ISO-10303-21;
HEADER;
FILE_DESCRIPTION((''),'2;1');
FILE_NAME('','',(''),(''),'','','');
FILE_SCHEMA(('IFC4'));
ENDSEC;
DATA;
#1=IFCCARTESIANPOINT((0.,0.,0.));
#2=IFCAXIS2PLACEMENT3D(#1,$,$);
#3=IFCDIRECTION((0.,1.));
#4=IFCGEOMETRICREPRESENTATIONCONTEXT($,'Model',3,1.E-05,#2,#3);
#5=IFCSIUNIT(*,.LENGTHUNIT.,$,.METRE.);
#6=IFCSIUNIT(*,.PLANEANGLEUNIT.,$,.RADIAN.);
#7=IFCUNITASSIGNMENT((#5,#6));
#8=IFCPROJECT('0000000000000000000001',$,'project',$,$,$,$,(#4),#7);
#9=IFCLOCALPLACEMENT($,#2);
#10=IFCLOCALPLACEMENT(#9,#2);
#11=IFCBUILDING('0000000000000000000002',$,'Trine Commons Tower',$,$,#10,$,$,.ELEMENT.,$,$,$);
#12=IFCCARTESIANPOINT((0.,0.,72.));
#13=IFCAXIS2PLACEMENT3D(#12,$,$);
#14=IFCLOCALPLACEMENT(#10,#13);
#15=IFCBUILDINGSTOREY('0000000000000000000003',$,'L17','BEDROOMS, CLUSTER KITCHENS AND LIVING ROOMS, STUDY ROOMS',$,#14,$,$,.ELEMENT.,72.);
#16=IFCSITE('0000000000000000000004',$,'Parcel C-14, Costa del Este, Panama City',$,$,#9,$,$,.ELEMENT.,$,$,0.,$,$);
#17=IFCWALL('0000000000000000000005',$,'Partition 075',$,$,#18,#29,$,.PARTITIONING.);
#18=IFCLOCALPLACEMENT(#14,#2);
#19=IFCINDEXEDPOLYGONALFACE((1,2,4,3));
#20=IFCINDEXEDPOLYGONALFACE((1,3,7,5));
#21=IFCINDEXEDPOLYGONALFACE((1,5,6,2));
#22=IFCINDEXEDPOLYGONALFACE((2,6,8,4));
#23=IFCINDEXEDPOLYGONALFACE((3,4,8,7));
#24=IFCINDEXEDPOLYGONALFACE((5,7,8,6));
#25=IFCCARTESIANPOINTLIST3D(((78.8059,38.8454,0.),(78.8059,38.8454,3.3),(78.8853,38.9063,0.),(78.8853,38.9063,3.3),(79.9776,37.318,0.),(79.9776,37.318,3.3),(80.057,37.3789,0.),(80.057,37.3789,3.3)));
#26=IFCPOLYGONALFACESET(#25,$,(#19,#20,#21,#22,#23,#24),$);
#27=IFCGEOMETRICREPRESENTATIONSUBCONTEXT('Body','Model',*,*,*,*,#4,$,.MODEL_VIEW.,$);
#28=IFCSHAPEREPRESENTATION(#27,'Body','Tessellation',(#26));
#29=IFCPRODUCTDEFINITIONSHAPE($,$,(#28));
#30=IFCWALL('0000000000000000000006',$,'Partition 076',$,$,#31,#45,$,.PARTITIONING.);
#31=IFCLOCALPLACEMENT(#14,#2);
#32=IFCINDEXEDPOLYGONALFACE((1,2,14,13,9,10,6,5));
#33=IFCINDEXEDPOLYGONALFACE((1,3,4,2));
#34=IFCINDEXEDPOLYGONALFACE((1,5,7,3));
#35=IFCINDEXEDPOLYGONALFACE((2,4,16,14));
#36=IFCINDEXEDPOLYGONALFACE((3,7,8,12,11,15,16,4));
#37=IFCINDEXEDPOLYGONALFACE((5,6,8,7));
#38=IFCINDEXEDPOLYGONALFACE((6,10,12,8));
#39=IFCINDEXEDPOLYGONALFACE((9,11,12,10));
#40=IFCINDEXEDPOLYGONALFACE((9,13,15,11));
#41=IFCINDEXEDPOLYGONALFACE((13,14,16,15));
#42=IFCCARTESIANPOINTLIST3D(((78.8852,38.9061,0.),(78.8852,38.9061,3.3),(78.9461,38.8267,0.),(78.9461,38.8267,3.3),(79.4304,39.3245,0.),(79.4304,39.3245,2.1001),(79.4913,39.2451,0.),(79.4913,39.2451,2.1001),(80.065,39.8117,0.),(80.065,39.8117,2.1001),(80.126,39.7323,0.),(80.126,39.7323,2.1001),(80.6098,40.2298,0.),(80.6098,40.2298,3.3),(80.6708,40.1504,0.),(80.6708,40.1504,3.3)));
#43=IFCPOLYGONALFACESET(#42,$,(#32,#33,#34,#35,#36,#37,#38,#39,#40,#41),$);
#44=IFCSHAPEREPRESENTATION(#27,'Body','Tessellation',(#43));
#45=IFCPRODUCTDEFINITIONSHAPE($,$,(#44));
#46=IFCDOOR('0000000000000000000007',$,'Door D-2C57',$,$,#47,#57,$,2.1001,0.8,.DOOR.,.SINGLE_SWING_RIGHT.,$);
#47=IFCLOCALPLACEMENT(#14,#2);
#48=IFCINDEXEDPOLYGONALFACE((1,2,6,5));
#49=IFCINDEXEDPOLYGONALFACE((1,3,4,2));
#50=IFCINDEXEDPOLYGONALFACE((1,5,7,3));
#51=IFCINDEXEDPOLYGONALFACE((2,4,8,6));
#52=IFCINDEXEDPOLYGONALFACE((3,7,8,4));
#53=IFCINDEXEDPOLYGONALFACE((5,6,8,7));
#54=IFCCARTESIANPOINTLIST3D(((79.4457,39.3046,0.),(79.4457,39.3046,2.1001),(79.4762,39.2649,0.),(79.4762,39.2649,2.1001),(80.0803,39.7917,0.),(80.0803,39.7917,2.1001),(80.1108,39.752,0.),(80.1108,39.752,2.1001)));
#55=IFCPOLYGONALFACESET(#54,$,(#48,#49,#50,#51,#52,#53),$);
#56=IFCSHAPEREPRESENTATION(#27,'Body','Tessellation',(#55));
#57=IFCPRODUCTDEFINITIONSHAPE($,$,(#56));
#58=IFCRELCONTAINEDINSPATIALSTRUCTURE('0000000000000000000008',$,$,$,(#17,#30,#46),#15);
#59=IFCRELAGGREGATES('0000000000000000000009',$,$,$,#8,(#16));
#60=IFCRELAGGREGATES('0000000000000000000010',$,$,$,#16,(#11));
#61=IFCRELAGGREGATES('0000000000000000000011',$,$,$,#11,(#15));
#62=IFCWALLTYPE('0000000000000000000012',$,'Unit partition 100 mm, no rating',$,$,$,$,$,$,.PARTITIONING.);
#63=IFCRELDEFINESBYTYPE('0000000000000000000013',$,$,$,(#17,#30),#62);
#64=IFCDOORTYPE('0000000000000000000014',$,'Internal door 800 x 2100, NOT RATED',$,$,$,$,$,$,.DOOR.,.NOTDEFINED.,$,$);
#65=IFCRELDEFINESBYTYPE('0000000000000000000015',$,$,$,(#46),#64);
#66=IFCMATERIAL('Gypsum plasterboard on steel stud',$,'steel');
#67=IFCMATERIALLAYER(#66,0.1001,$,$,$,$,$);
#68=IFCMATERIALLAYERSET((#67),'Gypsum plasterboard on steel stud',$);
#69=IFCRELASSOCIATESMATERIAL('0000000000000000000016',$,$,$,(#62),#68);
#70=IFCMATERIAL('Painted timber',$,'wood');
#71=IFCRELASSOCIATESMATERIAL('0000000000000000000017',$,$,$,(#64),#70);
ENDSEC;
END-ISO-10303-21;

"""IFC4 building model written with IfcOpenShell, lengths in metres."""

from ifc_helpers import new_model, si_unit, direction, frame, frame_2d, origin, place, context, subcontext, project, spatial, rectangle, extrude, material, layer, layer_set, type_object, element, fill, save


model = new_model("IFC4")

# Units and contexts
model_context = context("Model", 3, precision=1e-05, world=origin(), true_north=direction((0.0, 1.0)))
body_context = subcontext(model_context, "Body", "Model", "MODEL_VIEW")
ifc_project = project(units=[si_unit("LENGTHUNIT", "METRE"), si_unit("PLANEANGLEUNIT", "RADIAN")], contexts=[model_context])

# Site, building, storey
site_placement = place(None, origin())
site = spatial("IfcSite", under=ifc_project, at=site_placement, Name="Parcel C-14, Costa del Este, Panama City", CompositionType="ELEMENT", RefElevation=0.0)
building_placement = place(site_placement, origin())
building = spatial("IfcBuilding", under=site, at=building_placement, Name="Trine Commons Tower", CompositionType="ELEMENT")
storey_placement = place(building_placement, frame((0.0, 0.0, 72.0)))
storey = spatial("IfcBuildingStorey", under=building, at=storey_placement, Name="L17", Description="BEDROOMS, CLUSTER KITCHENS AND LIVING ROOMS, STUDY ROOMS", CompositionType="ELEMENT", Elevation=72.0)

# Shared definitions
ifc_material_1 = material(Name="Gypsum plasterboard on steel stud", Category="steel")

# Shared definitions
ifc_layer_1 = layer(ifc_material_1, 0.1001)
ifc_layer_set_1 = layer_set([ifc_layer_1], Name="Gypsum plasterboard on steel stud")
wall_type_1 = type_object("IfcWallType", Name="Unit partition 100 mm, no rating", PredefinedType="PARTITIONING", material=ifc_layer_set_1)
ifc_material_2 = material(Name="Painted timber", Category="wood")
door_type_1 = type_object("IfcDoorType", Name="Internal door 800 x 2100, NOT RATED", OperationType="NOTDEFINED", PredefinedType="DOOR", material=ifc_material_2)

# Wall
wall_1_placement = place(storey_placement, frame((78.8457, 38.8757, 0.0), z_axis=(0.0, 0.0, 1.0), x_axis=(0.60865, -0.793439, 0.0)))
element("IfcWall", 1, at=wall_1_placement, inside=storey, type_object=wall_type_1, Name="Partition 075", PredefinedType="PARTITIONING", context=body_context, shape_type="SweptSolid", body=[
    extrude(rectangle(XDim=1.925, YDim=0.1001, at=frame_2d((0.9624, 0.0))), origin(), (0.0, 0.0, 1.0), 3.3),
])

# Wall, opening, door
wall_2_placement = place(storey_placement, frame((78.9158, 38.8665, 0.0), z_axis=(0.0, 0.0, 1.0), x_axis=(0.793266, 0.608875, 0.0)))
wall_2 = element("IfcWall", 2, at=wall_2_placement, inside=storey, type_object=wall_type_1, Name="Partition 076", PredefinedType="PARTITIONING", context=body_context, shape_type="SweptSolid", body=[
    extrude(rectangle(XDim=2.1741, YDim=0.1001, at=frame_2d((1.0869, 0.0))), origin(), (0.0, 0.0, 1.0), 3.3),
])
opening_1_placement = place(wall_2_placement, frame((0.6873, 0.0, 0.0)))
opening_1 = element("IfcOpeningElement", 3, at=opening_1_placement, cuts=wall_2, PredefinedType="OPENING", context=body_context, shape_type="SweptSolid", body=[
    extrude(rectangle(XDim=0.8, YDim=2.1001, at=frame_2d((0.3999, 1.05))), frame((0.0, 0.0601, 0.0), z_axis=(0.0, -1.0, 0.0), x_axis=(1.0, 0.0, 0.0)), (0.0, 0.0, 1.0), 0.1201),
])
door_1_placement = place(opening_1_placement, origin())
door_1 = element("IfcDoor", 4, at=door_1_placement, inside=storey, type_object=door_type_1, Name="Door D-2C57", OperationType="SINGLE_SWING_RIGHT", OverallHeight=2.1001, OverallWidth=0.8, PredefinedType="DOOR", context=body_context, shape_type="SweptSolid", body=[
    extrude(rectangle(XDim=0.8, YDim=2.1001, at=frame_2d((0.3999, 1.05))), frame((0.0, 0.0249, 0.0), z_axis=(0.0, -1.0, 0.0), x_axis=(1.0, 0.0, 0.0)), (0.0, 0.0, 1.0), 0.05),
])
fill(opening_1, door_1)

save(model, "model.ifc")
